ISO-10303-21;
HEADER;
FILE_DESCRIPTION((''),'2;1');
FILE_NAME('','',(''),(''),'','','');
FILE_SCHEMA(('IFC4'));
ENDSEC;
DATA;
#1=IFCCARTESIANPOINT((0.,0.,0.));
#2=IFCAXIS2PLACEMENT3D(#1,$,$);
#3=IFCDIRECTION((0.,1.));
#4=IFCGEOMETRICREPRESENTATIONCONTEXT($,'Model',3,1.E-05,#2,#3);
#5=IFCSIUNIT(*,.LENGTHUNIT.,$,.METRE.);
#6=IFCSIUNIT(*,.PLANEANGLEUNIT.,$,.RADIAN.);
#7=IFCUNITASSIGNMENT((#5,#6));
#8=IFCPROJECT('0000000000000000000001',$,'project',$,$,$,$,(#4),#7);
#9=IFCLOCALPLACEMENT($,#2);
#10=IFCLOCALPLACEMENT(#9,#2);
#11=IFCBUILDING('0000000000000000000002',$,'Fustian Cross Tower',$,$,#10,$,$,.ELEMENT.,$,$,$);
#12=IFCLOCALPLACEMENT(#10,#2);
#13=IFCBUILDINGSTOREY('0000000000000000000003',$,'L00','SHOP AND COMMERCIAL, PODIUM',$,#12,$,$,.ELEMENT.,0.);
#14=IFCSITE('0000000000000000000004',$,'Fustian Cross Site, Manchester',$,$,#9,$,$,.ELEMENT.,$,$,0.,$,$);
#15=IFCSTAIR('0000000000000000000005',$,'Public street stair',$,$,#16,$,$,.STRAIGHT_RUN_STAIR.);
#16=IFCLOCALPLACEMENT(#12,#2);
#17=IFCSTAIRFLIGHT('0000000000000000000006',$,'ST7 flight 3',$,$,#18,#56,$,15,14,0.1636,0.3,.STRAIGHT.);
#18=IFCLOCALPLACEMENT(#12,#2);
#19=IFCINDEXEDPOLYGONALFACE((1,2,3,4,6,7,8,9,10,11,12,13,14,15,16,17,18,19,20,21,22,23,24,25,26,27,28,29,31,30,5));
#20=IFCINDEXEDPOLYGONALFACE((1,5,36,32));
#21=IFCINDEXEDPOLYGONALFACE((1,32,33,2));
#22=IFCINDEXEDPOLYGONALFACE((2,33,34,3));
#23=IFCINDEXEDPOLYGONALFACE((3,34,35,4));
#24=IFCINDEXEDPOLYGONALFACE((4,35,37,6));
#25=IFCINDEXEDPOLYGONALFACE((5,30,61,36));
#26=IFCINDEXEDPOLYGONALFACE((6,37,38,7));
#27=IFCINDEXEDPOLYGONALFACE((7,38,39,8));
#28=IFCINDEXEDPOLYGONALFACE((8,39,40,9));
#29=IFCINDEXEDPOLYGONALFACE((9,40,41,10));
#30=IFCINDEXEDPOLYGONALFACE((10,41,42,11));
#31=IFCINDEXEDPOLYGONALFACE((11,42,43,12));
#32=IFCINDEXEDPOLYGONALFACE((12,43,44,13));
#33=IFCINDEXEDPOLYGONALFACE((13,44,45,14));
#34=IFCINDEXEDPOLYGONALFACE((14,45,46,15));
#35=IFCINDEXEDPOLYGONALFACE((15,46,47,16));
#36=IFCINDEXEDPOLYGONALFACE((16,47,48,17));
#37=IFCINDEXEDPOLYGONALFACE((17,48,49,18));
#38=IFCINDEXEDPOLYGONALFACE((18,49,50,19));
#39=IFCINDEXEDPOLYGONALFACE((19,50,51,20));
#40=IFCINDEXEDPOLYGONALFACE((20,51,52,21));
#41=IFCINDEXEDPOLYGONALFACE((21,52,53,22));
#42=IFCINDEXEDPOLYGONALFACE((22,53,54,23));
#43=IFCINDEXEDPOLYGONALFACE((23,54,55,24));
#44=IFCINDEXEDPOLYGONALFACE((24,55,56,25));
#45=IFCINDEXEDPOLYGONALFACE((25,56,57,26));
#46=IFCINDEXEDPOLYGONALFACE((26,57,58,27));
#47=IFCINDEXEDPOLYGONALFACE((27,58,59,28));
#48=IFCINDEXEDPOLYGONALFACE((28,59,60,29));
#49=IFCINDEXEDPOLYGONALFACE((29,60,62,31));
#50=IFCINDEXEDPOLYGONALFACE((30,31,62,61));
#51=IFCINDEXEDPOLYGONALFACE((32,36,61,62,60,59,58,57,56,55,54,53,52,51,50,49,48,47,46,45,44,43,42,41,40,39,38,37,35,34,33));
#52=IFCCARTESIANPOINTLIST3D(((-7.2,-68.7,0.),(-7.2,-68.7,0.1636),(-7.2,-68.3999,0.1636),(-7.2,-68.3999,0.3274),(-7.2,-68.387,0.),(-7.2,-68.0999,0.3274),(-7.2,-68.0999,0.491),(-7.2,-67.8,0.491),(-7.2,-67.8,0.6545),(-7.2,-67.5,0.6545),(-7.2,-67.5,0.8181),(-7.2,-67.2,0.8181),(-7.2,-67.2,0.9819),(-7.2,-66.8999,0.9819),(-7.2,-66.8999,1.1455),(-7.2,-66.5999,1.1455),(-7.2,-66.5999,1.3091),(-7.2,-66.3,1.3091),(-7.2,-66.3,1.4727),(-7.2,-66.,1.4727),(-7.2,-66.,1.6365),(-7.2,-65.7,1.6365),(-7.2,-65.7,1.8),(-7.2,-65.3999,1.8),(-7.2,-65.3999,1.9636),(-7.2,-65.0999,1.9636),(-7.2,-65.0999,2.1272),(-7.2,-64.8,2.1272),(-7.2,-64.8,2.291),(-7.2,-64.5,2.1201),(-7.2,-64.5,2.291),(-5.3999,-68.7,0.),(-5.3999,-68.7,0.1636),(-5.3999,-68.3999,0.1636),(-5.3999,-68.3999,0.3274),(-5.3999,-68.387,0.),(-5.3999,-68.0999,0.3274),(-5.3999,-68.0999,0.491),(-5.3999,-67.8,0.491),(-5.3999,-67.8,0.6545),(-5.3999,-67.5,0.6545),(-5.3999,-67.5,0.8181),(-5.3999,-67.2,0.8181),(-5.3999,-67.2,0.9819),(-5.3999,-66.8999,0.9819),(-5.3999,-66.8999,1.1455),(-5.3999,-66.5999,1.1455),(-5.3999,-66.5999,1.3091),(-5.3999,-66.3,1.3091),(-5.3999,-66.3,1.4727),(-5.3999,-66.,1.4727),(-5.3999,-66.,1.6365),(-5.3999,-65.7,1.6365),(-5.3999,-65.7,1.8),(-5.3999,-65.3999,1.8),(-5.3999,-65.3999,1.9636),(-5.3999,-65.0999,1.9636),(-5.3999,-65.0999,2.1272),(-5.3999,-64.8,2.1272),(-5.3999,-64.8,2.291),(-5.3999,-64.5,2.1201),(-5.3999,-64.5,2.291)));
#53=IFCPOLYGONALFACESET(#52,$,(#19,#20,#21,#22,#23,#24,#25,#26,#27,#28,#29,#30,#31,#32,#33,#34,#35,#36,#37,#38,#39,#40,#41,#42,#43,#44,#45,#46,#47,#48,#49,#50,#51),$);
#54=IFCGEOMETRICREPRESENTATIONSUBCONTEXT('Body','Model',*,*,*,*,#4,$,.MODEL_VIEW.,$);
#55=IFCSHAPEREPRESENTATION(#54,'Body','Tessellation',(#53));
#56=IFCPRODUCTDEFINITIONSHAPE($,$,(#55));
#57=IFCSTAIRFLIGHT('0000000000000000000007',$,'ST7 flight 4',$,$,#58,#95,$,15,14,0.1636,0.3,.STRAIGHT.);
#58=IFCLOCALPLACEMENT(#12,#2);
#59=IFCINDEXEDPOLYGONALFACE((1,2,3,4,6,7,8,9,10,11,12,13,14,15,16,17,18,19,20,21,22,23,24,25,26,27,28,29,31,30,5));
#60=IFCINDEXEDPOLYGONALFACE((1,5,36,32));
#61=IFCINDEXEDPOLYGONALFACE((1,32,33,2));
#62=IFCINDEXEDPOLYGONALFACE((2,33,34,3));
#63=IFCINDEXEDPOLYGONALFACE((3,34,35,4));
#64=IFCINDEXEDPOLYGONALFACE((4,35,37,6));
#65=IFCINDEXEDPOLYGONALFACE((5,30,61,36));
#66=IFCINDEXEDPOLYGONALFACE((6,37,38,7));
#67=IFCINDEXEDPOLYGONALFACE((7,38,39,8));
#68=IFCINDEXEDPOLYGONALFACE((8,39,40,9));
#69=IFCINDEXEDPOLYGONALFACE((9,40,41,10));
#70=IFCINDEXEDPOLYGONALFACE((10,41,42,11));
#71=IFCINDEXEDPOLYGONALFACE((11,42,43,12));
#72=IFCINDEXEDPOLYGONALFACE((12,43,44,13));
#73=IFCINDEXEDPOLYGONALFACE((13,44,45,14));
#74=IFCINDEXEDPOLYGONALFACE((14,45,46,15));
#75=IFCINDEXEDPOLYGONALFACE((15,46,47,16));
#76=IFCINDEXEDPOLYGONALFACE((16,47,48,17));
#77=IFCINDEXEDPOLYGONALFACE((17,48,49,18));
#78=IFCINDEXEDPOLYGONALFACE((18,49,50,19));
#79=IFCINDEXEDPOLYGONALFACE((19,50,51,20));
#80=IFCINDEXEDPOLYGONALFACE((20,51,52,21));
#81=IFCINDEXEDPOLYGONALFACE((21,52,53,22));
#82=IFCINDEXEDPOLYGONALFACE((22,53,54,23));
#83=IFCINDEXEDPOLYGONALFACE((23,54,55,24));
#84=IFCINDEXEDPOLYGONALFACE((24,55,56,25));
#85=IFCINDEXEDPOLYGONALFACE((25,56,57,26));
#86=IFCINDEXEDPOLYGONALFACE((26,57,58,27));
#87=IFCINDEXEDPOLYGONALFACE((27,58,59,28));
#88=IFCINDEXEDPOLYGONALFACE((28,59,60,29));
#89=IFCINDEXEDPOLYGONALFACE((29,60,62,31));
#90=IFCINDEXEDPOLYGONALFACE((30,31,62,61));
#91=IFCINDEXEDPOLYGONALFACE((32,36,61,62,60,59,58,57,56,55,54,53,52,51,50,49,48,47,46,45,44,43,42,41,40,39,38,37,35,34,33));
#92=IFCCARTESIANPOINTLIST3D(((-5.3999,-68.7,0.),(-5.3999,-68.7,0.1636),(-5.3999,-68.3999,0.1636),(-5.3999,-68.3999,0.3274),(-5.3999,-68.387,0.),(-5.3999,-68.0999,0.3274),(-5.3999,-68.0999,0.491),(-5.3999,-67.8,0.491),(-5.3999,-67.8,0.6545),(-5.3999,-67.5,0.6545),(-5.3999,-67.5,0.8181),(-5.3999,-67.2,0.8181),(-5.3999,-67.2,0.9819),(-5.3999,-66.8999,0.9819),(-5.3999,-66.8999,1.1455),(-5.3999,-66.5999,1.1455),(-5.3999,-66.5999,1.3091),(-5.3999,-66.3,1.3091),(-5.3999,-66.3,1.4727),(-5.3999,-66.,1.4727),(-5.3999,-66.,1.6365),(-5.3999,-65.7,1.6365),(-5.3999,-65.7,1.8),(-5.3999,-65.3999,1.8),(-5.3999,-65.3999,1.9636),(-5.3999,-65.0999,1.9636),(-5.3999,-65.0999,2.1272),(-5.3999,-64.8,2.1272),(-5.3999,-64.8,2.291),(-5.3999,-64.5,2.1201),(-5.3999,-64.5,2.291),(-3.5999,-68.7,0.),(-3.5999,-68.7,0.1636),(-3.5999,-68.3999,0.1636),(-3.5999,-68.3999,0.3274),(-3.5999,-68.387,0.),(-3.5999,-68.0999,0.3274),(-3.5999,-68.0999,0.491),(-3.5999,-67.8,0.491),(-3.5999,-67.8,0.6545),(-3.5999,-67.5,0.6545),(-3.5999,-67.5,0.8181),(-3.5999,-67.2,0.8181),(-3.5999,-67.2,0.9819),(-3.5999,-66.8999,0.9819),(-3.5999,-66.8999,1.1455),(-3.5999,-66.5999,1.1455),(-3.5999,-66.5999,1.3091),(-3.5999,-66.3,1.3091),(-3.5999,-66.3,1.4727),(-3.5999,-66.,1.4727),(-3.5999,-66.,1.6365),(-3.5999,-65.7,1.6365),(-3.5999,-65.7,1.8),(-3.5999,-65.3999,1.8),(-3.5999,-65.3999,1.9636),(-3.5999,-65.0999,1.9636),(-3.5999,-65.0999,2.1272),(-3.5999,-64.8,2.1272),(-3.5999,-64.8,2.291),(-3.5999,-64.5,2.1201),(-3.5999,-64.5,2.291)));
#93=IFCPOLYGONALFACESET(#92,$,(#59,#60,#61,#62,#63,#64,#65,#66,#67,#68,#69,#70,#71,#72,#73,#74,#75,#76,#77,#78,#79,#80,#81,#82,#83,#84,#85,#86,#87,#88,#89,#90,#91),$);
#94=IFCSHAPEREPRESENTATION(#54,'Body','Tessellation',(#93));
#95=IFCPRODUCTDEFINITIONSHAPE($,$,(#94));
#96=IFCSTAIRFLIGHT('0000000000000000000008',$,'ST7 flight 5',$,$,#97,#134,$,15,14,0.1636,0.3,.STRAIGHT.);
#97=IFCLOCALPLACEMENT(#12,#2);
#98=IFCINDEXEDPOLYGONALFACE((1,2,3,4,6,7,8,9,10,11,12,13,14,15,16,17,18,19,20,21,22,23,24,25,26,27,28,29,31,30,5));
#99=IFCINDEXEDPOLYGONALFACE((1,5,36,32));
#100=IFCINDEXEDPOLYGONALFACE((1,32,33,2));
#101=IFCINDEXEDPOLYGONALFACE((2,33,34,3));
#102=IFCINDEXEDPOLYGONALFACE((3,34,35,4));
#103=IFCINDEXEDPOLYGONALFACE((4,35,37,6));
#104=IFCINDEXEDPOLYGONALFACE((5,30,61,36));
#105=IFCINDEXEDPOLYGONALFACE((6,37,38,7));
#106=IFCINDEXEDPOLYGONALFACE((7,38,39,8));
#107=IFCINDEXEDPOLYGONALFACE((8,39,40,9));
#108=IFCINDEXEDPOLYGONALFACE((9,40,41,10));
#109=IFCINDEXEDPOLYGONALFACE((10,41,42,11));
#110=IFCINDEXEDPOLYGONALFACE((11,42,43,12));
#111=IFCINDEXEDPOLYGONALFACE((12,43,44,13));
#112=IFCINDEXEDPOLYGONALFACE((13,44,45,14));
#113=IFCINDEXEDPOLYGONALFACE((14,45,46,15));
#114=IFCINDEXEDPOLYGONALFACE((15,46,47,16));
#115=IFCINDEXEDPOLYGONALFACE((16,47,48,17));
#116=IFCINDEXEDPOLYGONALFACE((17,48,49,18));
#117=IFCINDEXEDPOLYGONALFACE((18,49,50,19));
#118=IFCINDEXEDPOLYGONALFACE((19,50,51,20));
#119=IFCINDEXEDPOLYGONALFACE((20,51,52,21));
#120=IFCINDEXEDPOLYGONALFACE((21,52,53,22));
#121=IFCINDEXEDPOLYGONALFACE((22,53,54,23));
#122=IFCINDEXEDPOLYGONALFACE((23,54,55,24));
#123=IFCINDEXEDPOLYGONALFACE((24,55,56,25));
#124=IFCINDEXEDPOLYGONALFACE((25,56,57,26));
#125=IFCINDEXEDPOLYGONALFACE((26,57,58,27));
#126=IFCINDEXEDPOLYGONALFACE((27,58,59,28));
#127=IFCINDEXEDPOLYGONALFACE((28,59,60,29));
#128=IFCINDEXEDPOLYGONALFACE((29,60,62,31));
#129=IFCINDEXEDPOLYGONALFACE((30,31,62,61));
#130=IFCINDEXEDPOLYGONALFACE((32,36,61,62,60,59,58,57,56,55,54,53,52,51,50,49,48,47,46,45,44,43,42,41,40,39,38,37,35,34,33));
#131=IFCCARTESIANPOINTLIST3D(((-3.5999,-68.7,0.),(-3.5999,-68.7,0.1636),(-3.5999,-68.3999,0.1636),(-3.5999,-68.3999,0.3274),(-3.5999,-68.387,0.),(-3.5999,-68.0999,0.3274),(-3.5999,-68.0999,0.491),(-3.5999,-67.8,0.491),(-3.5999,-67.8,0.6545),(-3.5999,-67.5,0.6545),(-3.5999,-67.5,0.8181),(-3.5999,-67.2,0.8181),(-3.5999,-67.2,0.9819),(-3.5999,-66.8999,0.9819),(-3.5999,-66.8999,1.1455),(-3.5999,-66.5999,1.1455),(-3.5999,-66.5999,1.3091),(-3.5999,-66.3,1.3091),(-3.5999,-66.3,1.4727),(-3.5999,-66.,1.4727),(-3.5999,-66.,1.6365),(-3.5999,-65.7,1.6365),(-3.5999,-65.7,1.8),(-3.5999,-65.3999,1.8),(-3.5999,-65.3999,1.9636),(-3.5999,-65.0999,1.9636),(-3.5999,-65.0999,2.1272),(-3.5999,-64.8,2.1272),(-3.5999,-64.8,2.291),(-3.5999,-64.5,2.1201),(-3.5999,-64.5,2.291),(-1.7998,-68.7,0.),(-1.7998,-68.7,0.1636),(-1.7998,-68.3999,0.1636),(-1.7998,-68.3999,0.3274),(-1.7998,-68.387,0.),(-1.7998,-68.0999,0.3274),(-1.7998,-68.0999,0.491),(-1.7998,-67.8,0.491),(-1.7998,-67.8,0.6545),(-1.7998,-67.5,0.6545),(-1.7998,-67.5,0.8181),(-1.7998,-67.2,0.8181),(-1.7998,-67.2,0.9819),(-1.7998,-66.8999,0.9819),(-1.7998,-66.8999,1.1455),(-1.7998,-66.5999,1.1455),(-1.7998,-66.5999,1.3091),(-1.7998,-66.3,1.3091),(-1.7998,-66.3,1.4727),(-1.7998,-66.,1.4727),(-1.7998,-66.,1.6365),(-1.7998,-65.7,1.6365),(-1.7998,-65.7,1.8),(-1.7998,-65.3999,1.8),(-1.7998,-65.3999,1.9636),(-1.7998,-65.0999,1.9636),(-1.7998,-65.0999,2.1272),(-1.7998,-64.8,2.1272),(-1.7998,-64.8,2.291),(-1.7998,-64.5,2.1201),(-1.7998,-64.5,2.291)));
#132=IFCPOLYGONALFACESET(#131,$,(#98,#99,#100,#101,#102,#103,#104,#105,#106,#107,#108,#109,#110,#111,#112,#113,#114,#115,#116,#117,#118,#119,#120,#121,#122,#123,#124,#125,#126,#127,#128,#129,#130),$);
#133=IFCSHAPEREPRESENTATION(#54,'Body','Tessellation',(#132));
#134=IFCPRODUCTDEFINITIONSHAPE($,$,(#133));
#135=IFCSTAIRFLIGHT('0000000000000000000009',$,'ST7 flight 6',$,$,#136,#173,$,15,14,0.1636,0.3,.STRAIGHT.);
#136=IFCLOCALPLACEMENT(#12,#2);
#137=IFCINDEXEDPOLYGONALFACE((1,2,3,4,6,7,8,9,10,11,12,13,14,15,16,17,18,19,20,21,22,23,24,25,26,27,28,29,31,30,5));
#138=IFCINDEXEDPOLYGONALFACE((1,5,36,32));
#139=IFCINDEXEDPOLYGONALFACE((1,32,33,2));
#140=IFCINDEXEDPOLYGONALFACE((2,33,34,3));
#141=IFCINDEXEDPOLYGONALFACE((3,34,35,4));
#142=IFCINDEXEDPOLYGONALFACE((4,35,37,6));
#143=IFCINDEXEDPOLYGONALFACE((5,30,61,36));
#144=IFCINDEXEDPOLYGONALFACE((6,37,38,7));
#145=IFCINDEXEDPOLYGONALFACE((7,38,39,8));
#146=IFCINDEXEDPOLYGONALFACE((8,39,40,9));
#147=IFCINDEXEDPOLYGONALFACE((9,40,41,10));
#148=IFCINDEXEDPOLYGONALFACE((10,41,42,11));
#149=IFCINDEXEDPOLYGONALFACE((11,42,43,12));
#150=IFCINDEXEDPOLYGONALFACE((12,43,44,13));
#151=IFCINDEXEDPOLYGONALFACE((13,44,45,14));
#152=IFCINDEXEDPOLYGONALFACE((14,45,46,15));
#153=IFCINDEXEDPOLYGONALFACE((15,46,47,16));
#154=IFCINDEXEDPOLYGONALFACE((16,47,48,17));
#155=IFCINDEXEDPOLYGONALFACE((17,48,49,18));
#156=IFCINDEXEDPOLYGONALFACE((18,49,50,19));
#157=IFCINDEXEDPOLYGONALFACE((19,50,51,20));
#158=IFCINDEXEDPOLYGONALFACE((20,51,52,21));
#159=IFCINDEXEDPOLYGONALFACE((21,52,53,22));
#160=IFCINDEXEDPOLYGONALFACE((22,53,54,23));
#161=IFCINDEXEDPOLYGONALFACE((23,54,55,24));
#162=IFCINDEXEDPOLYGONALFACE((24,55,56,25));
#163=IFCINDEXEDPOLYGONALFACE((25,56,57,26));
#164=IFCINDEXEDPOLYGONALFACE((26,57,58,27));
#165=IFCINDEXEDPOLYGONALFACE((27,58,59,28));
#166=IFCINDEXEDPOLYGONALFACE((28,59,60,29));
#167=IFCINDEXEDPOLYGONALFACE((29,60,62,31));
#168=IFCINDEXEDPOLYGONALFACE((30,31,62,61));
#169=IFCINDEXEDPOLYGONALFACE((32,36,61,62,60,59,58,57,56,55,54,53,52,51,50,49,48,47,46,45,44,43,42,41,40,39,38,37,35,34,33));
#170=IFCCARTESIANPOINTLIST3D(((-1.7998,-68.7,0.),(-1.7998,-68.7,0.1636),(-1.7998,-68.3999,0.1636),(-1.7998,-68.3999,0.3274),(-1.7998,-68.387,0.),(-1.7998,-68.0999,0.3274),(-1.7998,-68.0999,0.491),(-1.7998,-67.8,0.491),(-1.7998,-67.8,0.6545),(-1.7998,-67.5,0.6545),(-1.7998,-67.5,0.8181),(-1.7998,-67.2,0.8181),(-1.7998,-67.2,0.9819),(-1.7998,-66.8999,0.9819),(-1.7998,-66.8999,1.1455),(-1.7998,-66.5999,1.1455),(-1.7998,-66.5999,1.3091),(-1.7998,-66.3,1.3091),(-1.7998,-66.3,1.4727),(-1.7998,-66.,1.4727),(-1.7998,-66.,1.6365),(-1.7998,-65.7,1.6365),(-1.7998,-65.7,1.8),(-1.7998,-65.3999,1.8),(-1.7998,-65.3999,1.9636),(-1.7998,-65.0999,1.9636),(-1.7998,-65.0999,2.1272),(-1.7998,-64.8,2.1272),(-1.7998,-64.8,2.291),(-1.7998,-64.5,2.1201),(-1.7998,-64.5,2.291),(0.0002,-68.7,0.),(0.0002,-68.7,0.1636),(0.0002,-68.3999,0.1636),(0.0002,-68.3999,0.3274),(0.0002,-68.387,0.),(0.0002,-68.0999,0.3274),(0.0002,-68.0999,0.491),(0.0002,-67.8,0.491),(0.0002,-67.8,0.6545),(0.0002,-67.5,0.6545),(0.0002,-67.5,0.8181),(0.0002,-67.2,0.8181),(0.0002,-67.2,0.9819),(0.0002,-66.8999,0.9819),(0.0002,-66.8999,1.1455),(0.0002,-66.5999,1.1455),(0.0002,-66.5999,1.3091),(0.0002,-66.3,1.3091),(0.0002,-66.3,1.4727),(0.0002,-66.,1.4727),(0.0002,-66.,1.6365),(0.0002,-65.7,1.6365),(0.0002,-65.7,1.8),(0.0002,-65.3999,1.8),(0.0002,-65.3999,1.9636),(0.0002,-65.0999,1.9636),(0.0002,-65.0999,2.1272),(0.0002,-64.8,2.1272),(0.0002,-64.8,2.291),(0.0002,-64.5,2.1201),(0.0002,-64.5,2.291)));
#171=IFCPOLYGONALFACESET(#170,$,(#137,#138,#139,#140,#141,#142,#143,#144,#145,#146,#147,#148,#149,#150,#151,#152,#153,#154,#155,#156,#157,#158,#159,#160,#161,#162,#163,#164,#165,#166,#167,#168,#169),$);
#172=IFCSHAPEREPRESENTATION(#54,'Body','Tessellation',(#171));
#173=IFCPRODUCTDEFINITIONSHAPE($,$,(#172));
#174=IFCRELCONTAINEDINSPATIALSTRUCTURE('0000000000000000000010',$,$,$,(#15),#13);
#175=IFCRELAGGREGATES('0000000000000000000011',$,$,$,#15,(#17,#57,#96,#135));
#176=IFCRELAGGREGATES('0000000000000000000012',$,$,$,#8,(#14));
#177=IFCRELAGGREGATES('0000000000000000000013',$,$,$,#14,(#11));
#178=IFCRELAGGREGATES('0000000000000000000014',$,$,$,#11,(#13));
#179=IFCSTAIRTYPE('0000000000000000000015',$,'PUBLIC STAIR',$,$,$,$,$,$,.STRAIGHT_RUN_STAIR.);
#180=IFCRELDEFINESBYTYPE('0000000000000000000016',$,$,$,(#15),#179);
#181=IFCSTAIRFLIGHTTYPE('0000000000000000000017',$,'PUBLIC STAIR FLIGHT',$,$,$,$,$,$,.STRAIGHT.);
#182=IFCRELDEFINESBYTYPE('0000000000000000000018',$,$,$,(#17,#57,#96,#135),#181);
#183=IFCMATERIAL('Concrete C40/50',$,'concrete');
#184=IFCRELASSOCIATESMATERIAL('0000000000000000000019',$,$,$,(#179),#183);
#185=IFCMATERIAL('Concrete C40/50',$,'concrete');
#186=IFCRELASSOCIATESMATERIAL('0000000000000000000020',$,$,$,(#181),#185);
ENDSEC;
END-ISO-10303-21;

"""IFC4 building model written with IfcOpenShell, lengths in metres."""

from ifc_helpers import new_model, si_unit, direction, frame, origin, place, context, subcontext, project, spatial, polyline, outline, extrude, material, type_object, element, aggregate, save


model = new_model("IFC4")

# Units and contexts
model_context = context("Model", 3, precision=1e-05, world=origin(), true_north=direction((0.0, 1.0)))
body_context = subcontext(model_context, "Body", "Model", "MODEL_VIEW")
ifc_project = project(units=[si_unit("LENGTHUNIT", "METRE"), si_unit("PLANEANGLEUNIT", "RADIAN")], contexts=[model_context])

# Site, building, storey
site_placement = place(None, origin())
site = spatial("IfcSite", under=ifc_project, at=site_placement, Name="Fustian Cross Site, Manchester", CompositionType="ELEMENT", RefElevation=0.0)
building_placement = place(site_placement, origin())
building = spatial("IfcBuilding", under=site, at=building_placement, Name="Fustian Cross Tower", CompositionType="ELEMENT")
storey_placement = place(building_placement, origin())
storey = spatial("IfcBuildingStorey", under=building, at=storey_placement, Name="L00", Description="SHOP AND COMMERCIAL, PODIUM", CompositionType="ELEMENT", Elevation=0.0)

# Stair, stair flights
ifc_material_1 = material(Name="Concrete C40/50", Category="concrete")
stair_type = type_object("IfcStairType", Name="PUBLIC STAIR", PredefinedType="STRAIGHT_RUN_STAIR", material=ifc_material_1)
stair_placement = place(storey_placement, origin())
stair = element("IfcStair", 1, at=stair_placement, inside=storey, type_object=stair_type, Name="Public street stair", PredefinedType="STRAIGHT_RUN_STAIR")
ifc_material_2 = material(Name="Concrete C40/50", Category="concrete")
stair_flight_type = type_object("IfcStairFlightType", Name="PUBLIC STAIR FLIGHT", PredefinedType="STRAIGHT", material=ifc_material_2)
stair_flight_1_placement = place(storey_placement, frame((-6.3, -68.7, 0.0), z_axis=(0.0, 0.0, 1.0), x_axis=(0.0, 1.0, 0.0)))
stair_flight_1 = element("IfcStairFlight", 2, at=stair_flight_1_placement, type_object=stair_flight_type, Name="ST7 flight 3", NumberOfRisers=15, NumberOfTreads=14, PredefinedType="STRAIGHT", RiserHeight=0.1636, TreadLength=0.3, context=body_context, shape_type="SweptSolid", body=[
    extrude(outline(polyline([(0.0, 0.0), (0.0, 0.1636), (0.3, 0.1636), (0.3, 0.3274), (0.6001, 0.3274), (0.6001, 0.491), (0.8999, 0.491), (0.8999, 0.6545), (1.2, 0.6545), (1.2, 0.8181), (1.5, 0.8181), (1.5, 0.9819), (1.8, 0.9819), (1.8, 1.1455), (2.1001, 1.1455), (2.1001, 1.3091), (2.3999, 1.3091), (2.3999, 1.4727), (2.7, 1.4727), (2.7, 1.6365), (3.0, 1.6365), (3.0, 1.8), (3.3, 1.8), (3.3, 1.9636), (3.6001, 1.9636), (3.6001, 2.1272), (3.8999, 2.1272), (3.8999, 2.291), (4.2, 2.291), (4.2, 2.4546), (4.2, 2.1201), (0.313, 0.0), (0.0, 0.0)])), frame((0.0, 0.8999, 0.0), z_axis=(0.0, -1.0, 0.0), x_axis=(1.0, 0.0, 0.0)), (0.0, 0.0, 1.0), 1.8),
])
stair_flight_2_placement = place(storey_placement, frame((-4.5, -68.7, 0.0), z_axis=(0.0, 0.0, 1.0), x_axis=(0.0, 1.0, 0.0)))
stair_flight_2 = element("IfcStairFlight", 3, at=stair_flight_2_placement, type_object=stair_flight_type, Name="ST7 flight 4", NumberOfRisers=15, NumberOfTreads=14, PredefinedType="STRAIGHT", RiserHeight=0.1636, TreadLength=0.3, context=body_context, shape_type="SweptSolid", body=[
    extrude(outline(polyline([(0.0, 0.0), (0.0, 0.1636), (0.3, 0.1636), (0.3, 0.3274), (0.6001, 0.3274), (0.6001, 0.491), (0.8999, 0.491), (0.8999, 0.6545), (1.2, 0.6545), (1.2, 0.8181), (1.5, 0.8181), (1.5, 0.9819), (1.8, 0.9819), (1.8, 1.1455), (2.1001, 1.1455), (2.1001, 1.3091), (2.3999, 1.3091), (2.3999, 1.4727), (2.7, 1.4727), (2.7, 1.6365), (3.0, 1.6365), (3.0, 1.8), (3.3, 1.8), (3.3, 1.9636), (3.6001, 1.9636), (3.6001, 2.1272), (3.8999, 2.1272), (3.8999, 2.291), (4.2, 2.291), (4.2, 2.4546), (4.2, 2.1201), (0.313, 0.0), (0.0, 0.0)])), frame((0.0, 0.8999, 0.0), z_axis=(0.0, -1.0, 0.0), x_axis=(1.0, 0.0, 0.0)), (0.0, 0.0, 1.0), 1.8),
])
stair_flight_3_placement = place(storey_placement, frame((-2.7, -68.7, 0.0), z_axis=(0.0, 0.0, 1.0), x_axis=(0.0, 1.0, 0.0)))
stair_flight_3 = element("IfcStairFlight", 4, at=stair_flight_3_placement, type_object=stair_flight_type, Name="ST7 flight 5", NumberOfRisers=15, NumberOfTreads=14, PredefinedType="STRAIGHT", RiserHeight=0.1636, TreadLength=0.3, context=body_context, shape_type="SweptSolid", body=[
    extrude(outline(polyline([(0.0, 0.0), (0.0, 0.1636), (0.3, 0.1636), (0.3, 0.3274), (0.6001, 0.3274), (0.6001, 0.491), (0.8999, 0.491), (0.8999, 0.6545), (1.2, 0.6545), (1.2, 0.8181), (1.5, 0.8181), (1.5, 0.9819), (1.8, 0.9819), (1.8, 1.1455), (2.1001, 1.1455), (2.1001, 1.3091), (2.3999, 1.3091), (2.3999, 1.4727), (2.7, 1.4727), (2.7, 1.6365), (3.0, 1.6365), (3.0, 1.8), (3.3, 1.8), (3.3, 1.9636), (3.6001, 1.9636), (3.6001, 2.1272), (3.8999, 2.1272), (3.8999, 2.291), (4.2, 2.291), (4.2, 2.4546), (4.2, 2.1201), (0.313, 0.0), (0.0, 0.0)])), frame((0.0, 0.8999, 0.0), z_axis=(0.0, -1.0, 0.0), x_axis=(1.0, 0.0, 0.0)), (0.0, 0.0, 1.0), 1.8),
])
stair_flight_4_placement = place(storey_placement, frame((-0.8999, -68.7, 0.0), z_axis=(0.0, 0.0, 1.0), x_axis=(0.0, 1.0, 0.0)))
stair_flight_4 = element("IfcStairFlight", 5, at=stair_flight_4_placement, type_object=stair_flight_type, Name="ST7 flight 6", NumberOfRisers=15, NumberOfTreads=14, PredefinedType="STRAIGHT", RiserHeight=0.1636, TreadLength=0.3, context=body_context, shape_type="SweptSolid", body=[
    extrude(outline(polyline([(0.0, 0.0), (0.0, 0.1636), (0.3, 0.1636), (0.3, 0.3274), (0.6001, 0.3274), (0.6001, 0.491), (0.8999, 0.491), (0.8999, 0.6545), (1.2, 0.6545), (1.2, 0.8181), (1.5, 0.8181), (1.5, 0.9819), (1.8, 0.9819), (1.8, 1.1455), (2.1001, 1.1455), (2.1001, 1.3091), (2.3999, 1.3091), (2.3999, 1.4727), (2.7, 1.4727), (2.7, 1.6365), (3.0, 1.6365), (3.0, 1.8), (3.3, 1.8), (3.3, 1.9636), (3.6001, 1.9636), (3.6001, 2.1272), (3.8999, 2.1272), (3.8999, 2.291), (4.2, 2.291), (4.2, 2.4546), (4.2, 2.1201), (0.313, 0.0), (0.0, 0.0)])), frame((0.0, 0.8999, 0.0), z_axis=(0.0, -1.0, 0.0), x_axis=(1.0, 0.0, 0.0)), (0.0, 0.0, 1.0), 1.8),
])
aggregate(stair, [stair_flight_1, stair_flight_2, stair_flight_3, stair_flight_4])

save(model, "model.ifc")
